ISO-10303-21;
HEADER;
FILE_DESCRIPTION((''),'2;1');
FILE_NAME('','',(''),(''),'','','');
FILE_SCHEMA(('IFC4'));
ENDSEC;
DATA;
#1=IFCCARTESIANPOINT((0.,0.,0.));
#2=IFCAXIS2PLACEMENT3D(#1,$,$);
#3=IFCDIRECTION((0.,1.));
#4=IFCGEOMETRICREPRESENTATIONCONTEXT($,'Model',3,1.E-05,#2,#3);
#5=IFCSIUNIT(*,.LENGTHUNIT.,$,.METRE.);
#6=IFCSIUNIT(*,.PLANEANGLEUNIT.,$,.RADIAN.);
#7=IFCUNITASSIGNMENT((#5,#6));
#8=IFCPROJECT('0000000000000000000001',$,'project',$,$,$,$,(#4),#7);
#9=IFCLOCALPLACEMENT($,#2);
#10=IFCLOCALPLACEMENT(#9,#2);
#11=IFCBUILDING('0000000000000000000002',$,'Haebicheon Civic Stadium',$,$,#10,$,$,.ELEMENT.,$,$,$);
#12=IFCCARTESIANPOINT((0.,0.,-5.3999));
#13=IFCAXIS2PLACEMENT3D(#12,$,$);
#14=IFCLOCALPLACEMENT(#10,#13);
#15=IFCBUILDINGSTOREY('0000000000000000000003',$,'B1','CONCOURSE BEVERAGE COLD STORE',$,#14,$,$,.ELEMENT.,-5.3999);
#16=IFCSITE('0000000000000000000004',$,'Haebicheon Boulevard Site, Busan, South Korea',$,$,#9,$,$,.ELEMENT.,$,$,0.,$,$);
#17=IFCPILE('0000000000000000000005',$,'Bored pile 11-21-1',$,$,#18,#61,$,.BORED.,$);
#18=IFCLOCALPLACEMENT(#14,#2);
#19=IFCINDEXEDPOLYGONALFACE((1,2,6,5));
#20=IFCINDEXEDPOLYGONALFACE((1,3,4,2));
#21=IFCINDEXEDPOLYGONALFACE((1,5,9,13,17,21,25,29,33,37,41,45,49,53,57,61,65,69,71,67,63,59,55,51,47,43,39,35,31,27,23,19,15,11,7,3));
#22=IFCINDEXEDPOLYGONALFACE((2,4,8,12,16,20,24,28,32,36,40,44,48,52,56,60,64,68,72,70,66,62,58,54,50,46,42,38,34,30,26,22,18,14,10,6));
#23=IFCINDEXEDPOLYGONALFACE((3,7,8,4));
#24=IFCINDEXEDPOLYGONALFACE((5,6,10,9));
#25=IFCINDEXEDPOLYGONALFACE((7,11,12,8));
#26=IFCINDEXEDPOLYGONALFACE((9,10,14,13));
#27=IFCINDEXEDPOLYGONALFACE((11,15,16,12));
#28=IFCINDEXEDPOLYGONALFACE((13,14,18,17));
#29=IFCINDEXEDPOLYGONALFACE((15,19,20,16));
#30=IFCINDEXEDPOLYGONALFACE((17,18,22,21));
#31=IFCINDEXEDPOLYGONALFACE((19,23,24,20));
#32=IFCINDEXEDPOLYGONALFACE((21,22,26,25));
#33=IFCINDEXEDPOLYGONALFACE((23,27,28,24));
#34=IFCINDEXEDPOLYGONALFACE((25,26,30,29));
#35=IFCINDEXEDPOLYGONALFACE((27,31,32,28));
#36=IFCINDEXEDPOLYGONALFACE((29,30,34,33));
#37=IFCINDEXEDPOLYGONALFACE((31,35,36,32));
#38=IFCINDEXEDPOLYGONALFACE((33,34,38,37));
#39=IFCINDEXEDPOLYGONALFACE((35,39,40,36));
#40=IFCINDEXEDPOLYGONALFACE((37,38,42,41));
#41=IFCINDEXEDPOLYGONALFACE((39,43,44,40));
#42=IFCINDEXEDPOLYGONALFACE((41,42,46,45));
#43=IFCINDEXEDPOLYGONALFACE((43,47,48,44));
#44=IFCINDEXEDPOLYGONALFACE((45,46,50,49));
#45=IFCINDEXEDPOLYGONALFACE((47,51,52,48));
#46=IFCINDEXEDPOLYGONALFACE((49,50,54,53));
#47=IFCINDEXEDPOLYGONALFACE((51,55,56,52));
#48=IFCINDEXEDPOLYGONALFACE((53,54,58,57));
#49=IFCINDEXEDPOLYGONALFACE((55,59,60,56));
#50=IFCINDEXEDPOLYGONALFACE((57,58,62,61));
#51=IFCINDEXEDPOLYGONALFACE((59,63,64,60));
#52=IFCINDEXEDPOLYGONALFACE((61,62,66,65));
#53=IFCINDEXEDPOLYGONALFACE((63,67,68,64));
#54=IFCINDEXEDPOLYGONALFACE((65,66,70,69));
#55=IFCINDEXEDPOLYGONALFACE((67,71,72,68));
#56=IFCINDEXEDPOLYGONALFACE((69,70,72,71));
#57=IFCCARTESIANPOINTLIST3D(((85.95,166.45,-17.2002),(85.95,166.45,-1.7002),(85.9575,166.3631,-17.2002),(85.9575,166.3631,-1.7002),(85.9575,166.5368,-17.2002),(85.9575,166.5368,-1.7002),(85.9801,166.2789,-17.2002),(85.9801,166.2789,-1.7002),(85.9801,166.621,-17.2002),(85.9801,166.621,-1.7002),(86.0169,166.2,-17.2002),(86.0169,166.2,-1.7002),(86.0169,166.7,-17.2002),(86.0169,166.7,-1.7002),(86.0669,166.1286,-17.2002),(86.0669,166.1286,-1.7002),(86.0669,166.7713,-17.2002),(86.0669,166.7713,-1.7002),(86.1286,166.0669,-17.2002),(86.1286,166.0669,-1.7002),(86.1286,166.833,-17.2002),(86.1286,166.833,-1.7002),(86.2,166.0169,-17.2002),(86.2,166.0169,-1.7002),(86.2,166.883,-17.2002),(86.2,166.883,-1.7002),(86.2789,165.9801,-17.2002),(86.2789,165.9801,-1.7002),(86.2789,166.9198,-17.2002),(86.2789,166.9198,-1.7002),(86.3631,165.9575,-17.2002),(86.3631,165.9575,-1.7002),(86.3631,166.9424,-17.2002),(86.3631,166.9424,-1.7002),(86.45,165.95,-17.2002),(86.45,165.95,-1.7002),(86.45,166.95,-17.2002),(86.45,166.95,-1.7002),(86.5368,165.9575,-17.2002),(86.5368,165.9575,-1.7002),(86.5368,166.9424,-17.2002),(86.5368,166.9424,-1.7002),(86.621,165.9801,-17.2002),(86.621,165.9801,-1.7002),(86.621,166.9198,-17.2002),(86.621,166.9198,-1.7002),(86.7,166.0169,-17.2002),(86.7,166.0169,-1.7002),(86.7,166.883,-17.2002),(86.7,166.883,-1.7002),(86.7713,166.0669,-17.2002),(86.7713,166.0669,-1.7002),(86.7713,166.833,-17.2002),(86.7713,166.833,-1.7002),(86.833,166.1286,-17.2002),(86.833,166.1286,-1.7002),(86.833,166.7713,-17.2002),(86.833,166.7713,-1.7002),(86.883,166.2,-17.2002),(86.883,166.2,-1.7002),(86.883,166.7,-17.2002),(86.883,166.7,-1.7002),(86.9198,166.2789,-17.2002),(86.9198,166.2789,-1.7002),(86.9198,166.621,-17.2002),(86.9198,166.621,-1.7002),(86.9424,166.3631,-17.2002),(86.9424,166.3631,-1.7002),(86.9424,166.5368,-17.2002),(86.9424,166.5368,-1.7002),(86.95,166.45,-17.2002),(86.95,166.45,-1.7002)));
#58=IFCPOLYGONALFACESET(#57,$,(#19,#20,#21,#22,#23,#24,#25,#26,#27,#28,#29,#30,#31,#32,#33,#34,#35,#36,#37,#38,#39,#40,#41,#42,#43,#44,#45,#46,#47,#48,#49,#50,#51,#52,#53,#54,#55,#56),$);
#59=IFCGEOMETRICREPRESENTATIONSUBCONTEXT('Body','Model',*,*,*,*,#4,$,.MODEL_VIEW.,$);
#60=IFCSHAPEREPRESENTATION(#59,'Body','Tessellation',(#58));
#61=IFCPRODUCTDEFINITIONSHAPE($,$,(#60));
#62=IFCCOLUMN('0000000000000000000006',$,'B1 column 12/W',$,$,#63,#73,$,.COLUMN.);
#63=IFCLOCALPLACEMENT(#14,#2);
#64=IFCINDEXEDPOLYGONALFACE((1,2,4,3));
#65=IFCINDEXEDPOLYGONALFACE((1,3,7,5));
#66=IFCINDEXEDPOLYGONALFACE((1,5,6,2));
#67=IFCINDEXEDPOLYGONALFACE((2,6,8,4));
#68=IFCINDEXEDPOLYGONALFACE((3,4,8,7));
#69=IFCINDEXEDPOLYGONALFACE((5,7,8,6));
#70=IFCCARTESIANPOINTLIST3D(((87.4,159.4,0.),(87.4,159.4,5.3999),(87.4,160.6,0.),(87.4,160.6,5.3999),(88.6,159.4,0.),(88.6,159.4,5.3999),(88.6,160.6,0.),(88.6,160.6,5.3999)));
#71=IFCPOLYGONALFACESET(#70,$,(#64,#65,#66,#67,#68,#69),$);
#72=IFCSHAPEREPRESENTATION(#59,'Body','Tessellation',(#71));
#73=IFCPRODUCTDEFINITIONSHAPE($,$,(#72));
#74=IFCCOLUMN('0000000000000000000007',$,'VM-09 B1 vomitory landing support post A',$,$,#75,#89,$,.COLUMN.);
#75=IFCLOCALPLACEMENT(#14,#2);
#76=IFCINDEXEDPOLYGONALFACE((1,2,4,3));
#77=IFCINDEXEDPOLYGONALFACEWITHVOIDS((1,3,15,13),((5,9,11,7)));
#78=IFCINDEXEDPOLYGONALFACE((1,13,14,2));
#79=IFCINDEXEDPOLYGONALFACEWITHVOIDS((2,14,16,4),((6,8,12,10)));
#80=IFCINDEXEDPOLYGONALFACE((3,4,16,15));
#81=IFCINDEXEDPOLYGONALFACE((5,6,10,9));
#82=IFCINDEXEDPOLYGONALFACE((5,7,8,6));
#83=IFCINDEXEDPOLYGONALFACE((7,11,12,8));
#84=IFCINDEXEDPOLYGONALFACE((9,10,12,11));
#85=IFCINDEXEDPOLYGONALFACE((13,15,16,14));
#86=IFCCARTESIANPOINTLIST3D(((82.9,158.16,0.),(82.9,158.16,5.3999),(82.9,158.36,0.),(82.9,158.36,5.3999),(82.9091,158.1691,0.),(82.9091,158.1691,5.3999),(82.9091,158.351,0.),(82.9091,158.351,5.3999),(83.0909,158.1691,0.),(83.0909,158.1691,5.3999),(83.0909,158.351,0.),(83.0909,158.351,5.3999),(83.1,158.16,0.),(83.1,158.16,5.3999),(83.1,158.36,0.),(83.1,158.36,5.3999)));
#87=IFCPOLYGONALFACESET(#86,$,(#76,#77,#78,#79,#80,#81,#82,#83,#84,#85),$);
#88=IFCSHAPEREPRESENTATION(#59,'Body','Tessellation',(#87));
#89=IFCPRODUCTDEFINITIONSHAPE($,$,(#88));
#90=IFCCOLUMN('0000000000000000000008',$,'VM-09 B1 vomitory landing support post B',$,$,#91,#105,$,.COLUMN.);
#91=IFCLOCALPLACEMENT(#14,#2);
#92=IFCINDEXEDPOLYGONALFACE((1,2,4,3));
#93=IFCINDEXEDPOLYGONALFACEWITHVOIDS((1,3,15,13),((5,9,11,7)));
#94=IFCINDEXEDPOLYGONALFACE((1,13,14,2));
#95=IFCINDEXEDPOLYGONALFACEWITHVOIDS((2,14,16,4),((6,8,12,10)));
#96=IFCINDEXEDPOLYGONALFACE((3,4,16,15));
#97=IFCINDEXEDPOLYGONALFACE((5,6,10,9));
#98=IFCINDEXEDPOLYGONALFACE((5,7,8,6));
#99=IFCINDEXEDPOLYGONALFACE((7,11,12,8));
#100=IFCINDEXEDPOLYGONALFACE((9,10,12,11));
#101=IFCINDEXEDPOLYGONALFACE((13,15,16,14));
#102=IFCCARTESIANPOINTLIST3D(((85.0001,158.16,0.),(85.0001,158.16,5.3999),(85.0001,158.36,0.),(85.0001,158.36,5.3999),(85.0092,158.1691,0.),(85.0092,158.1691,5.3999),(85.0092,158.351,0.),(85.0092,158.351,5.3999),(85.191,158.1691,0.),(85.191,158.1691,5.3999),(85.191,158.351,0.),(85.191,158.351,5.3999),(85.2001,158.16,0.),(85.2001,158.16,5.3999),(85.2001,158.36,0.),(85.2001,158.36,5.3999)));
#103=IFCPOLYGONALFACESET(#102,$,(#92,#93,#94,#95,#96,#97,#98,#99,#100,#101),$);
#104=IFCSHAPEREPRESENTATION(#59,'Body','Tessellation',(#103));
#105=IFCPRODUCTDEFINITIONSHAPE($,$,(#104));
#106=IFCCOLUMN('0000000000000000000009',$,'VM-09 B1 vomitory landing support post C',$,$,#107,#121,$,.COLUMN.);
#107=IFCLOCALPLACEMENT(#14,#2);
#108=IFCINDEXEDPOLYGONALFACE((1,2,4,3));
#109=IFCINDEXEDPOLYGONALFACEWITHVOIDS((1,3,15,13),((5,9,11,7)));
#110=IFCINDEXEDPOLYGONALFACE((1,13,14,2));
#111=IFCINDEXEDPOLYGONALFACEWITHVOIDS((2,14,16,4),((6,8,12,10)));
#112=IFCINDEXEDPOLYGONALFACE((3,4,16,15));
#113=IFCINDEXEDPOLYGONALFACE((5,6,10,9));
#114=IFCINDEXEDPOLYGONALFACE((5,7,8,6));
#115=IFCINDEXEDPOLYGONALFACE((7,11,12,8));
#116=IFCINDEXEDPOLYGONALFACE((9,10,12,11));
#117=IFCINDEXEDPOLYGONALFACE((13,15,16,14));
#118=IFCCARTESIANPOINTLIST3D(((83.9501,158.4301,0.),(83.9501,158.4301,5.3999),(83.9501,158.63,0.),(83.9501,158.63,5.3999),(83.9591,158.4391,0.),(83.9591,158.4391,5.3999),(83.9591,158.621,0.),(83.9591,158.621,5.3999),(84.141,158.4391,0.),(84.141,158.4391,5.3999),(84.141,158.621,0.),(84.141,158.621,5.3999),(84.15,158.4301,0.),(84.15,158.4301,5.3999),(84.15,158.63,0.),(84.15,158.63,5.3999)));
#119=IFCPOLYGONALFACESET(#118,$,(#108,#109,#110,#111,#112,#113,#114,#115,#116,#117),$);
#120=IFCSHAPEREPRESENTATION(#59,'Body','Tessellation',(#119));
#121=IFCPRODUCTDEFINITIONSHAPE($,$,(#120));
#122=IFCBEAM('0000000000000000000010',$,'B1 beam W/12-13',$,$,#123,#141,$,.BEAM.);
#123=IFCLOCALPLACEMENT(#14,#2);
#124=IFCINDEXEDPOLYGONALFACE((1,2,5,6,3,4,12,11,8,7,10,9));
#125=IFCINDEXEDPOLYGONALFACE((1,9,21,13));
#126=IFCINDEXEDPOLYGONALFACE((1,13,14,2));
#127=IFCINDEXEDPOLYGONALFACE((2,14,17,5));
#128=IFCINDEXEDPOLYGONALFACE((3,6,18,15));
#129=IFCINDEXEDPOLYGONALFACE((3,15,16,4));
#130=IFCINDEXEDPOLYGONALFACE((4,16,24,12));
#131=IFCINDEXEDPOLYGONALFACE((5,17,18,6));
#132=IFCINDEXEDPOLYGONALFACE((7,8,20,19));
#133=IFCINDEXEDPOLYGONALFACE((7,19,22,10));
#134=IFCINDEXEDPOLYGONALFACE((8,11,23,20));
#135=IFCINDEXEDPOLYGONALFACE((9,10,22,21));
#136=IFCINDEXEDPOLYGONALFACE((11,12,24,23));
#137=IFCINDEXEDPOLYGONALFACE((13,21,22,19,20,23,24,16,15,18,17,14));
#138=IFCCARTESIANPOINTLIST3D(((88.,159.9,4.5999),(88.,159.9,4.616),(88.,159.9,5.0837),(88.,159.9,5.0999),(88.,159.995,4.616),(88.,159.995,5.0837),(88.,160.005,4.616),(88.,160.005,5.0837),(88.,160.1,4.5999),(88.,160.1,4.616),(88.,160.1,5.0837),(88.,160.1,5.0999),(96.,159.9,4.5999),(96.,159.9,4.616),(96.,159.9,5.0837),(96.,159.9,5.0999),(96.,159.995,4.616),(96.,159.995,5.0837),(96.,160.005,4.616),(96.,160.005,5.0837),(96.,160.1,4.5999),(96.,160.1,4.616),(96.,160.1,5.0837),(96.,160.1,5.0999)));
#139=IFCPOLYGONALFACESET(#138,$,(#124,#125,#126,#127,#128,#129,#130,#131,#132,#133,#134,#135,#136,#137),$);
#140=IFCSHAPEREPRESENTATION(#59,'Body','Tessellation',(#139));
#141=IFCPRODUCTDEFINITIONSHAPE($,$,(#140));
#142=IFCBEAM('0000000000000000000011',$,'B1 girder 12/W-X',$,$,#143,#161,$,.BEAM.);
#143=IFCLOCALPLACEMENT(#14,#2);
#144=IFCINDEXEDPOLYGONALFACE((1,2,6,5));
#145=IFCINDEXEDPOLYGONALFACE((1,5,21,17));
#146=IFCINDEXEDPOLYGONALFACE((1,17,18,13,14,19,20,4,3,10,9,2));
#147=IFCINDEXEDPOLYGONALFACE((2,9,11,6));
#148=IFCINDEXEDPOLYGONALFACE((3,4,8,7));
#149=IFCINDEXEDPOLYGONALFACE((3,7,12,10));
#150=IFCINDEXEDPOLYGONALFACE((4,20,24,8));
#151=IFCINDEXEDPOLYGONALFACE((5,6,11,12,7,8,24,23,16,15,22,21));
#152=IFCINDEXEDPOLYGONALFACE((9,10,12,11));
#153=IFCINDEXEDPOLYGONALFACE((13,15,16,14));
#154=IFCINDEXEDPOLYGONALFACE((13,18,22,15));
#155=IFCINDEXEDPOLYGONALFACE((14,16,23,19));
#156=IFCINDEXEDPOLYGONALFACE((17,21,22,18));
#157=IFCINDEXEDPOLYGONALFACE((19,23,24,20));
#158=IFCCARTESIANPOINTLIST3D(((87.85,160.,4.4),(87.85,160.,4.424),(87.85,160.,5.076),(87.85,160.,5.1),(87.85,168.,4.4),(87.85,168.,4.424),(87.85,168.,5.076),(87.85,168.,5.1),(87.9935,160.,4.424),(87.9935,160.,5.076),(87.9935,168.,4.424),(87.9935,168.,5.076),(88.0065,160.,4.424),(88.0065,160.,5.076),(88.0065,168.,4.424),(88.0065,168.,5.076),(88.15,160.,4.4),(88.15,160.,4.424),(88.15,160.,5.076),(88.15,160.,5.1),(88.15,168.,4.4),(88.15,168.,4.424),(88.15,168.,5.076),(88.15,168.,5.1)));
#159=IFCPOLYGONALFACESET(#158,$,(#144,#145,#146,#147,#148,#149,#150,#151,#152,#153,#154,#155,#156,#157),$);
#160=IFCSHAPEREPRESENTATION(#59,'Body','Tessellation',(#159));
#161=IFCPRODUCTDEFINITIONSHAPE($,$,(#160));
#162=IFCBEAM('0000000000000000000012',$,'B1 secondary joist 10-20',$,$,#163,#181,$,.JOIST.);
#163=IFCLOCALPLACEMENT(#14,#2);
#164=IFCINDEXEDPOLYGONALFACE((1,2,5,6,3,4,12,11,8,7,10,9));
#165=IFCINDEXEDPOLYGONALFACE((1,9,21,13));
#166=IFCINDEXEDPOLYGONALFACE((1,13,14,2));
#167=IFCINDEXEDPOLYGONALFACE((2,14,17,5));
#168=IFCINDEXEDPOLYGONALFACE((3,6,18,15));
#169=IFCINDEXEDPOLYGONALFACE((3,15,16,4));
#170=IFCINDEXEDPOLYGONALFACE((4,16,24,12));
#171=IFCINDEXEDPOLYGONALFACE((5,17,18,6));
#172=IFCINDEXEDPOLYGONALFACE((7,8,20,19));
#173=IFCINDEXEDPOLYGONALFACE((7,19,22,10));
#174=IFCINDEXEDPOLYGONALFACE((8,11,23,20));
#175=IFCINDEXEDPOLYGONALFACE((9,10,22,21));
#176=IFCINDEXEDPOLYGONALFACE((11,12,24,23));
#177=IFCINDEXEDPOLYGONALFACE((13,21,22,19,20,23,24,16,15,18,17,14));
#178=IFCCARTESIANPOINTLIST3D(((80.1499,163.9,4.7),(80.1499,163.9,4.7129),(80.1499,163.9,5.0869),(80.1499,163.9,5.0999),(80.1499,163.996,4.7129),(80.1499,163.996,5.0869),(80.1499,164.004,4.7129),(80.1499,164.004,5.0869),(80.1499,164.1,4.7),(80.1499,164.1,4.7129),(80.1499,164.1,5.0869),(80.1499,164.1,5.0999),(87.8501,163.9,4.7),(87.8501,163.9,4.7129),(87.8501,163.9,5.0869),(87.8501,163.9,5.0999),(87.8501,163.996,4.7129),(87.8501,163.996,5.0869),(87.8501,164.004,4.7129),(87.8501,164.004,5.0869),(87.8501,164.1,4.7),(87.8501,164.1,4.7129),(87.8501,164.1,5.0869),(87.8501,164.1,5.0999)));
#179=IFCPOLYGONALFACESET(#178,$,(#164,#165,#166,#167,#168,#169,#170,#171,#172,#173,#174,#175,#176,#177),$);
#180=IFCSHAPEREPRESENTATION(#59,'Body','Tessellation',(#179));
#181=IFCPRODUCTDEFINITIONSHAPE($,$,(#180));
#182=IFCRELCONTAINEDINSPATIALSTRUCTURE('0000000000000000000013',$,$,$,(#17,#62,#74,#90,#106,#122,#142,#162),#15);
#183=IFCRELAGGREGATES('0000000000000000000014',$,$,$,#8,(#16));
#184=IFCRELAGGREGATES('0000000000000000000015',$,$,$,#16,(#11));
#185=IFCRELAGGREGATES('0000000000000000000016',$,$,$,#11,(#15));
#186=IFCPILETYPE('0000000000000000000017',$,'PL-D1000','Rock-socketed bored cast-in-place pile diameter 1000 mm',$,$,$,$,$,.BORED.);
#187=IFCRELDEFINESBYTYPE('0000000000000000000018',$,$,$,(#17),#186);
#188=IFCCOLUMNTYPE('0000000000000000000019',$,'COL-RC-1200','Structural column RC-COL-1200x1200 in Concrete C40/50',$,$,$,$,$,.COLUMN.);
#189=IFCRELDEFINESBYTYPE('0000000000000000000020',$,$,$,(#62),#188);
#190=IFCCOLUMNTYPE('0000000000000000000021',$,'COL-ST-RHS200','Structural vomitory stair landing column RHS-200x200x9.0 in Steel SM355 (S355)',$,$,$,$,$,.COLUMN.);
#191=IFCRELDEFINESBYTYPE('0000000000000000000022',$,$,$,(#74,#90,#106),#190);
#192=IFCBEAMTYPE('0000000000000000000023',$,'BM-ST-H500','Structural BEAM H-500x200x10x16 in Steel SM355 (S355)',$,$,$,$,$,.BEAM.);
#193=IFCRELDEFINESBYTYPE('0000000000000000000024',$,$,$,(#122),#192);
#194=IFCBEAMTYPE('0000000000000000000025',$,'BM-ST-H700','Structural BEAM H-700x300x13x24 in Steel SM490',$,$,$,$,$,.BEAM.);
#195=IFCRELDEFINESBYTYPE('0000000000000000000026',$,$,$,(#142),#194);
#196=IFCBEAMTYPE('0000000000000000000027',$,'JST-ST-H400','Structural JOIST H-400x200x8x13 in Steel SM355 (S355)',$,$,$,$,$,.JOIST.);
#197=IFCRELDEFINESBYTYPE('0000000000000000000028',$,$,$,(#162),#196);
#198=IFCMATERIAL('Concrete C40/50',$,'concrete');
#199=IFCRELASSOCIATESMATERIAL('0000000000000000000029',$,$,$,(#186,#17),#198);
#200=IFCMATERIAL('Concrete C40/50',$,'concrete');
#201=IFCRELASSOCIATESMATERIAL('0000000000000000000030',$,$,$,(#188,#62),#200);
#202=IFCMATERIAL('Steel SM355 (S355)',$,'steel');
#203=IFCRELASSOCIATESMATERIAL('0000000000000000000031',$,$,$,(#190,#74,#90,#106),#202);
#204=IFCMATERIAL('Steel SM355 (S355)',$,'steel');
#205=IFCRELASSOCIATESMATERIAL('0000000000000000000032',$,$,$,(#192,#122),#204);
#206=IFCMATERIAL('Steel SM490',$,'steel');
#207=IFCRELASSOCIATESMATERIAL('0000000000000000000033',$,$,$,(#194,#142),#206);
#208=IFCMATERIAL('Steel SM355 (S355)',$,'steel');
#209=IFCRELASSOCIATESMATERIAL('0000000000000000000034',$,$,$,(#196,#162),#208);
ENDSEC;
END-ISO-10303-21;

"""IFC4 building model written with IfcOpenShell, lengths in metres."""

from ifc_helpers import new_model, si_unit, direction, frame, origin, origin_2d, place, context, subcontext, project, spatial, rectangle, hollow_rectangle, circle, i_section, extrude, material, material_profile, profile_set, type_object, element, save


model = new_model("IFC4")

# Units and contexts
model_context = context("Model", 3, precision=1e-05, world=origin(), true_north=direction((0.0, 1.0)))
body_context = subcontext(model_context, "Body", "Model", "MODEL_VIEW")
ifc_project = project(units=[si_unit("LENGTHUNIT", "METRE"), si_unit("PLANEANGLEUNIT", "RADIAN")], contexts=[model_context])

# Site, building, storey
site_placement = place(None, origin())
site = spatial("IfcSite", under=ifc_project, at=site_placement, Name="Haebicheon Boulevard Site, Busan, South Korea", CompositionType="ELEMENT", RefElevation=0.0)
building_placement = place(site_placement, origin())
building = spatial("IfcBuilding", under=site, at=building_placement, Name="Haebicheon Civic Stadium", CompositionType="ELEMENT")
storey_placement = place(building_placement, frame((0.0, 0.0, -5.3999)))
storey = spatial("IfcBuildingStorey", under=building, at=storey_placement, Name="B1", Description="CONCOURSE BEVERAGE COLD STORE", CompositionType="ELEMENT", Elevation=-5.3999)

# Pile
ifc_material_1 = material(Name="Concrete C40/50", Category="concrete")
ifc_material_profile_1 = material_profile(ifc_material_1, circle(Radius=0.5, at=origin_2d()), Name="PILE-D1000")
ifc_profile_set_1 = profile_set([ifc_material_profile_1], Name="Concrete C40/50")
pile_type = type_object("IfcPileType", Name="PL-D1000", Description="Rock-socketed bored cast-in-place pile diameter 1000 mm", PredefinedType="BORED", material=ifc_profile_set_1)
for number, where, z_axis, x_axis, name in (
    (1, (86.45, 166.45, -1.7002), (0.0, 0.0, -1.0), (1.0, 0.0, 0.0), "Bored pile 11-21-1"),
):
    element("IfcPile", number, at=place(storey_placement, frame(where, z_axis=z_axis, x_axis=x_axis)), inside=storey, type_object=pile_type, material=ifc_profile_set_1, Name=name, PredefinedType="BORED", context=body_context, shape_type="SweptSolid", body=[
        extrude(circle(Radius=0.5, at=origin_2d()), origin(), (0.0, 0.0, 1.0), 15.5),
    ])

# Columns
ifc_material_2 = material(Name="Concrete C40/50", Category="concrete")
ifc_material_profile_2 = material_profile(ifc_material_2, rectangle(XDim=1.2, YDim=1.2, at=origin_2d()), Name="RC-COL-1200x1200")
ifc_profile_set_2 = profile_set([ifc_material_profile_2], Name="Concrete C40/50")
column_type_1 = type_object("IfcColumnType", Name="COL-RC-1200", Description="Structural column RC-COL-1200x1200 in Concrete C40/50", PredefinedType="COLUMN", material=ifc_profile_set_2)
column_placement = place(storey_placement, frame((88.0, 160.0, 0.0), z_axis=(0.0, 0.0, 1.0), x_axis=(1.0, 0.0, 0.0)))
element("IfcColumn", 2, at=column_placement, inside=storey, type_object=column_type_1, material=ifc_profile_set_2, Name="B1 column 12/W", PredefinedType="COLUMN", context=body_context, shape_type="SweptSolid", body=[
    extrude(rectangle(XDim=1.2, YDim=1.2, at=origin_2d()), origin(), (0.0, 0.0, 1.0), 5.3999),
])
ifc_material_3 = material(Name="Steel SM355 (S355)", Category="steel")
ifc_material_profile_3 = material_profile(ifc_material_3, hollow_rectangle(XDim=0.2, YDim=0.2, WallThickness=0.009, at=origin_2d()), Name="RHS-200x200x9.0")
ifc_profile_set_3 = profile_set([ifc_material_profile_3], Name="Steel SM355 (S355)")
column_type_2 = type_object("IfcColumnType", Name="COL-ST-RHS200", Description="Structural vomitory stair landing column RHS-200x200x9.0 in Steel SM355 (S355)", PredefinedType="COLUMN", material=ifc_profile_set_3)
for number, where, z_axis, x_axis, name in (
    (3, (83.0, 158.26, 0.0), (0.0, 0.0, 1.0), (1.0, 0.0, 0.0), "VM-09 B1 vomitory landing support post A"),
    (4, (85.1001, 158.26, 0.0), (0.0, 0.0, 1.0), (1.0, 0.0, 0.0), "VM-09 B1 vomitory landing support post B"),
    (5, (84.05, 158.53, 0.0), (0.0, 0.0, 1.0), (1.0, 0.0, 0.0), "VM-09 B1 vomitory landing support post C"),
):
    element("IfcColumn", number, at=place(storey_placement, frame(where, z_axis=z_axis, x_axis=x_axis)), inside=storey, type_object=column_type_2, material=ifc_profile_set_3, Name=name, PredefinedType="COLUMN", context=body_context, shape_type="SweptSolid", body=[
        extrude(hollow_rectangle(XDim=0.2, YDim=0.2, WallThickness=0.009, at=origin_2d()), origin(), (0.0, 0.0, 1.0), 5.3999),
    ])

# Beams
ifc_material_4 = material(Name="Steel SM355 (S355)", Category="steel")
ifc_material_profile_4 = material_profile(ifc_material_4, i_section(OverallWidth=0.2, OverallDepth=0.5, WebThickness=0.01, FlangeThickness=0.0161, at=origin_2d()), Name="H-500x200x10x16")
ifc_profile_set_4 = profile_set([ifc_material_profile_4], Name="Steel SM355 (S355)")
beam_type_1 = type_object("IfcBeamType", Name="BM-ST-H500", Description="Structural BEAM H-500x200x10x16 in Steel SM355 (S355)", PredefinedType="BEAM", material=ifc_profile_set_4)
beam_1_placement = place(storey_placement, frame((88.0, 160.0, 4.8499), z_axis=(1.0, 0.0, 0.0), x_axis=(0.0, 1.0, 0.0)))
element("IfcBeam", 6, at=beam_1_placement, inside=storey, type_object=beam_type_1, material=ifc_profile_set_4, Name="B1 beam W/12-13", PredefinedType="BEAM", context=body_context, shape_type="SweptSolid", body=[
    extrude(i_section(OverallWidth=0.2, OverallDepth=0.5, WebThickness=0.01, FlangeThickness=0.0161, at=origin_2d()), origin(), (0.0, 0.0, 1.0), 8.0),
])
ifc_material_5 = material(Name="Steel SM490", Category="steel")
ifc_material_profile_5 = material_profile(ifc_material_5, i_section(OverallWidth=0.3, OverallDepth=0.7, WebThickness=0.0129, FlangeThickness=0.0239, at=origin_2d()), Name="H-700x300x13x24")
ifc_profile_set_5 = profile_set([ifc_material_profile_5], Name="Steel SM490")
beam_type_2 = type_object("IfcBeamType", Name="BM-ST-H700", Description="Structural BEAM H-700x300x13x24 in Steel SM490", PredefinedType="BEAM", material=ifc_profile_set_5)
beam_2_placement = place(storey_placement, frame((88.0, 160.0, 4.75), z_axis=(0.0, 1.0, 0.0), x_axis=(-1.0, 0.0, 0.0)))
element("IfcBeam", 7, at=beam_2_placement, inside=storey, type_object=beam_type_2, material=ifc_profile_set_5, Name="B1 girder 12/W-X", PredefinedType="BEAM", context=body_context, shape_type="SweptSolid", body=[
    extrude(i_section(OverallWidth=0.3, OverallDepth=0.7, WebThickness=0.0129, FlangeThickness=0.0239, at=origin_2d()), origin(), (0.0, 0.0, 1.0), 8.0),
])
ifc_material_6 = material(Name="Steel SM355 (S355)", Category="steel")
ifc_material_profile_6 = material_profile(ifc_material_6, i_section(OverallWidth=0.2, OverallDepth=0.3999, WebThickness=0.0081, FlangeThickness=0.0129, at=origin_2d()), Name="H-400x200x8x13")
ifc_profile_set_6 = profile_set([ifc_material_profile_6], Name="Steel SM355 (S355)")
beam_type_3 = type_object("IfcBeamType", Name="JST-ST-H400", Description="Structural JOIST H-400x200x8x13 in Steel SM355 (S355)", PredefinedType="JOIST", material=ifc_profile_set_6)
beam_3_placement = place(storey_placement, frame((80.1499, 164.0, 4.8999), z_axis=(1.0, 0.0, 0.0), x_axis=(0.0, 1.0, 0.0)))
element("IfcBeam", 8, at=beam_3_placement, inside=storey, type_object=beam_type_3, material=ifc_profile_set_6, Name="B1 secondary joist 10-20", PredefinedType="JOIST", context=body_context, shape_type="SweptSolid", body=[
    extrude(i_section(OverallWidth=0.2, OverallDepth=0.3999, WebThickness=0.0081, FlangeThickness=0.0129, at=origin_2d()), origin(), (0.0, 0.0, 1.0), 7.7002),
])

save(model, "model.ifc")
